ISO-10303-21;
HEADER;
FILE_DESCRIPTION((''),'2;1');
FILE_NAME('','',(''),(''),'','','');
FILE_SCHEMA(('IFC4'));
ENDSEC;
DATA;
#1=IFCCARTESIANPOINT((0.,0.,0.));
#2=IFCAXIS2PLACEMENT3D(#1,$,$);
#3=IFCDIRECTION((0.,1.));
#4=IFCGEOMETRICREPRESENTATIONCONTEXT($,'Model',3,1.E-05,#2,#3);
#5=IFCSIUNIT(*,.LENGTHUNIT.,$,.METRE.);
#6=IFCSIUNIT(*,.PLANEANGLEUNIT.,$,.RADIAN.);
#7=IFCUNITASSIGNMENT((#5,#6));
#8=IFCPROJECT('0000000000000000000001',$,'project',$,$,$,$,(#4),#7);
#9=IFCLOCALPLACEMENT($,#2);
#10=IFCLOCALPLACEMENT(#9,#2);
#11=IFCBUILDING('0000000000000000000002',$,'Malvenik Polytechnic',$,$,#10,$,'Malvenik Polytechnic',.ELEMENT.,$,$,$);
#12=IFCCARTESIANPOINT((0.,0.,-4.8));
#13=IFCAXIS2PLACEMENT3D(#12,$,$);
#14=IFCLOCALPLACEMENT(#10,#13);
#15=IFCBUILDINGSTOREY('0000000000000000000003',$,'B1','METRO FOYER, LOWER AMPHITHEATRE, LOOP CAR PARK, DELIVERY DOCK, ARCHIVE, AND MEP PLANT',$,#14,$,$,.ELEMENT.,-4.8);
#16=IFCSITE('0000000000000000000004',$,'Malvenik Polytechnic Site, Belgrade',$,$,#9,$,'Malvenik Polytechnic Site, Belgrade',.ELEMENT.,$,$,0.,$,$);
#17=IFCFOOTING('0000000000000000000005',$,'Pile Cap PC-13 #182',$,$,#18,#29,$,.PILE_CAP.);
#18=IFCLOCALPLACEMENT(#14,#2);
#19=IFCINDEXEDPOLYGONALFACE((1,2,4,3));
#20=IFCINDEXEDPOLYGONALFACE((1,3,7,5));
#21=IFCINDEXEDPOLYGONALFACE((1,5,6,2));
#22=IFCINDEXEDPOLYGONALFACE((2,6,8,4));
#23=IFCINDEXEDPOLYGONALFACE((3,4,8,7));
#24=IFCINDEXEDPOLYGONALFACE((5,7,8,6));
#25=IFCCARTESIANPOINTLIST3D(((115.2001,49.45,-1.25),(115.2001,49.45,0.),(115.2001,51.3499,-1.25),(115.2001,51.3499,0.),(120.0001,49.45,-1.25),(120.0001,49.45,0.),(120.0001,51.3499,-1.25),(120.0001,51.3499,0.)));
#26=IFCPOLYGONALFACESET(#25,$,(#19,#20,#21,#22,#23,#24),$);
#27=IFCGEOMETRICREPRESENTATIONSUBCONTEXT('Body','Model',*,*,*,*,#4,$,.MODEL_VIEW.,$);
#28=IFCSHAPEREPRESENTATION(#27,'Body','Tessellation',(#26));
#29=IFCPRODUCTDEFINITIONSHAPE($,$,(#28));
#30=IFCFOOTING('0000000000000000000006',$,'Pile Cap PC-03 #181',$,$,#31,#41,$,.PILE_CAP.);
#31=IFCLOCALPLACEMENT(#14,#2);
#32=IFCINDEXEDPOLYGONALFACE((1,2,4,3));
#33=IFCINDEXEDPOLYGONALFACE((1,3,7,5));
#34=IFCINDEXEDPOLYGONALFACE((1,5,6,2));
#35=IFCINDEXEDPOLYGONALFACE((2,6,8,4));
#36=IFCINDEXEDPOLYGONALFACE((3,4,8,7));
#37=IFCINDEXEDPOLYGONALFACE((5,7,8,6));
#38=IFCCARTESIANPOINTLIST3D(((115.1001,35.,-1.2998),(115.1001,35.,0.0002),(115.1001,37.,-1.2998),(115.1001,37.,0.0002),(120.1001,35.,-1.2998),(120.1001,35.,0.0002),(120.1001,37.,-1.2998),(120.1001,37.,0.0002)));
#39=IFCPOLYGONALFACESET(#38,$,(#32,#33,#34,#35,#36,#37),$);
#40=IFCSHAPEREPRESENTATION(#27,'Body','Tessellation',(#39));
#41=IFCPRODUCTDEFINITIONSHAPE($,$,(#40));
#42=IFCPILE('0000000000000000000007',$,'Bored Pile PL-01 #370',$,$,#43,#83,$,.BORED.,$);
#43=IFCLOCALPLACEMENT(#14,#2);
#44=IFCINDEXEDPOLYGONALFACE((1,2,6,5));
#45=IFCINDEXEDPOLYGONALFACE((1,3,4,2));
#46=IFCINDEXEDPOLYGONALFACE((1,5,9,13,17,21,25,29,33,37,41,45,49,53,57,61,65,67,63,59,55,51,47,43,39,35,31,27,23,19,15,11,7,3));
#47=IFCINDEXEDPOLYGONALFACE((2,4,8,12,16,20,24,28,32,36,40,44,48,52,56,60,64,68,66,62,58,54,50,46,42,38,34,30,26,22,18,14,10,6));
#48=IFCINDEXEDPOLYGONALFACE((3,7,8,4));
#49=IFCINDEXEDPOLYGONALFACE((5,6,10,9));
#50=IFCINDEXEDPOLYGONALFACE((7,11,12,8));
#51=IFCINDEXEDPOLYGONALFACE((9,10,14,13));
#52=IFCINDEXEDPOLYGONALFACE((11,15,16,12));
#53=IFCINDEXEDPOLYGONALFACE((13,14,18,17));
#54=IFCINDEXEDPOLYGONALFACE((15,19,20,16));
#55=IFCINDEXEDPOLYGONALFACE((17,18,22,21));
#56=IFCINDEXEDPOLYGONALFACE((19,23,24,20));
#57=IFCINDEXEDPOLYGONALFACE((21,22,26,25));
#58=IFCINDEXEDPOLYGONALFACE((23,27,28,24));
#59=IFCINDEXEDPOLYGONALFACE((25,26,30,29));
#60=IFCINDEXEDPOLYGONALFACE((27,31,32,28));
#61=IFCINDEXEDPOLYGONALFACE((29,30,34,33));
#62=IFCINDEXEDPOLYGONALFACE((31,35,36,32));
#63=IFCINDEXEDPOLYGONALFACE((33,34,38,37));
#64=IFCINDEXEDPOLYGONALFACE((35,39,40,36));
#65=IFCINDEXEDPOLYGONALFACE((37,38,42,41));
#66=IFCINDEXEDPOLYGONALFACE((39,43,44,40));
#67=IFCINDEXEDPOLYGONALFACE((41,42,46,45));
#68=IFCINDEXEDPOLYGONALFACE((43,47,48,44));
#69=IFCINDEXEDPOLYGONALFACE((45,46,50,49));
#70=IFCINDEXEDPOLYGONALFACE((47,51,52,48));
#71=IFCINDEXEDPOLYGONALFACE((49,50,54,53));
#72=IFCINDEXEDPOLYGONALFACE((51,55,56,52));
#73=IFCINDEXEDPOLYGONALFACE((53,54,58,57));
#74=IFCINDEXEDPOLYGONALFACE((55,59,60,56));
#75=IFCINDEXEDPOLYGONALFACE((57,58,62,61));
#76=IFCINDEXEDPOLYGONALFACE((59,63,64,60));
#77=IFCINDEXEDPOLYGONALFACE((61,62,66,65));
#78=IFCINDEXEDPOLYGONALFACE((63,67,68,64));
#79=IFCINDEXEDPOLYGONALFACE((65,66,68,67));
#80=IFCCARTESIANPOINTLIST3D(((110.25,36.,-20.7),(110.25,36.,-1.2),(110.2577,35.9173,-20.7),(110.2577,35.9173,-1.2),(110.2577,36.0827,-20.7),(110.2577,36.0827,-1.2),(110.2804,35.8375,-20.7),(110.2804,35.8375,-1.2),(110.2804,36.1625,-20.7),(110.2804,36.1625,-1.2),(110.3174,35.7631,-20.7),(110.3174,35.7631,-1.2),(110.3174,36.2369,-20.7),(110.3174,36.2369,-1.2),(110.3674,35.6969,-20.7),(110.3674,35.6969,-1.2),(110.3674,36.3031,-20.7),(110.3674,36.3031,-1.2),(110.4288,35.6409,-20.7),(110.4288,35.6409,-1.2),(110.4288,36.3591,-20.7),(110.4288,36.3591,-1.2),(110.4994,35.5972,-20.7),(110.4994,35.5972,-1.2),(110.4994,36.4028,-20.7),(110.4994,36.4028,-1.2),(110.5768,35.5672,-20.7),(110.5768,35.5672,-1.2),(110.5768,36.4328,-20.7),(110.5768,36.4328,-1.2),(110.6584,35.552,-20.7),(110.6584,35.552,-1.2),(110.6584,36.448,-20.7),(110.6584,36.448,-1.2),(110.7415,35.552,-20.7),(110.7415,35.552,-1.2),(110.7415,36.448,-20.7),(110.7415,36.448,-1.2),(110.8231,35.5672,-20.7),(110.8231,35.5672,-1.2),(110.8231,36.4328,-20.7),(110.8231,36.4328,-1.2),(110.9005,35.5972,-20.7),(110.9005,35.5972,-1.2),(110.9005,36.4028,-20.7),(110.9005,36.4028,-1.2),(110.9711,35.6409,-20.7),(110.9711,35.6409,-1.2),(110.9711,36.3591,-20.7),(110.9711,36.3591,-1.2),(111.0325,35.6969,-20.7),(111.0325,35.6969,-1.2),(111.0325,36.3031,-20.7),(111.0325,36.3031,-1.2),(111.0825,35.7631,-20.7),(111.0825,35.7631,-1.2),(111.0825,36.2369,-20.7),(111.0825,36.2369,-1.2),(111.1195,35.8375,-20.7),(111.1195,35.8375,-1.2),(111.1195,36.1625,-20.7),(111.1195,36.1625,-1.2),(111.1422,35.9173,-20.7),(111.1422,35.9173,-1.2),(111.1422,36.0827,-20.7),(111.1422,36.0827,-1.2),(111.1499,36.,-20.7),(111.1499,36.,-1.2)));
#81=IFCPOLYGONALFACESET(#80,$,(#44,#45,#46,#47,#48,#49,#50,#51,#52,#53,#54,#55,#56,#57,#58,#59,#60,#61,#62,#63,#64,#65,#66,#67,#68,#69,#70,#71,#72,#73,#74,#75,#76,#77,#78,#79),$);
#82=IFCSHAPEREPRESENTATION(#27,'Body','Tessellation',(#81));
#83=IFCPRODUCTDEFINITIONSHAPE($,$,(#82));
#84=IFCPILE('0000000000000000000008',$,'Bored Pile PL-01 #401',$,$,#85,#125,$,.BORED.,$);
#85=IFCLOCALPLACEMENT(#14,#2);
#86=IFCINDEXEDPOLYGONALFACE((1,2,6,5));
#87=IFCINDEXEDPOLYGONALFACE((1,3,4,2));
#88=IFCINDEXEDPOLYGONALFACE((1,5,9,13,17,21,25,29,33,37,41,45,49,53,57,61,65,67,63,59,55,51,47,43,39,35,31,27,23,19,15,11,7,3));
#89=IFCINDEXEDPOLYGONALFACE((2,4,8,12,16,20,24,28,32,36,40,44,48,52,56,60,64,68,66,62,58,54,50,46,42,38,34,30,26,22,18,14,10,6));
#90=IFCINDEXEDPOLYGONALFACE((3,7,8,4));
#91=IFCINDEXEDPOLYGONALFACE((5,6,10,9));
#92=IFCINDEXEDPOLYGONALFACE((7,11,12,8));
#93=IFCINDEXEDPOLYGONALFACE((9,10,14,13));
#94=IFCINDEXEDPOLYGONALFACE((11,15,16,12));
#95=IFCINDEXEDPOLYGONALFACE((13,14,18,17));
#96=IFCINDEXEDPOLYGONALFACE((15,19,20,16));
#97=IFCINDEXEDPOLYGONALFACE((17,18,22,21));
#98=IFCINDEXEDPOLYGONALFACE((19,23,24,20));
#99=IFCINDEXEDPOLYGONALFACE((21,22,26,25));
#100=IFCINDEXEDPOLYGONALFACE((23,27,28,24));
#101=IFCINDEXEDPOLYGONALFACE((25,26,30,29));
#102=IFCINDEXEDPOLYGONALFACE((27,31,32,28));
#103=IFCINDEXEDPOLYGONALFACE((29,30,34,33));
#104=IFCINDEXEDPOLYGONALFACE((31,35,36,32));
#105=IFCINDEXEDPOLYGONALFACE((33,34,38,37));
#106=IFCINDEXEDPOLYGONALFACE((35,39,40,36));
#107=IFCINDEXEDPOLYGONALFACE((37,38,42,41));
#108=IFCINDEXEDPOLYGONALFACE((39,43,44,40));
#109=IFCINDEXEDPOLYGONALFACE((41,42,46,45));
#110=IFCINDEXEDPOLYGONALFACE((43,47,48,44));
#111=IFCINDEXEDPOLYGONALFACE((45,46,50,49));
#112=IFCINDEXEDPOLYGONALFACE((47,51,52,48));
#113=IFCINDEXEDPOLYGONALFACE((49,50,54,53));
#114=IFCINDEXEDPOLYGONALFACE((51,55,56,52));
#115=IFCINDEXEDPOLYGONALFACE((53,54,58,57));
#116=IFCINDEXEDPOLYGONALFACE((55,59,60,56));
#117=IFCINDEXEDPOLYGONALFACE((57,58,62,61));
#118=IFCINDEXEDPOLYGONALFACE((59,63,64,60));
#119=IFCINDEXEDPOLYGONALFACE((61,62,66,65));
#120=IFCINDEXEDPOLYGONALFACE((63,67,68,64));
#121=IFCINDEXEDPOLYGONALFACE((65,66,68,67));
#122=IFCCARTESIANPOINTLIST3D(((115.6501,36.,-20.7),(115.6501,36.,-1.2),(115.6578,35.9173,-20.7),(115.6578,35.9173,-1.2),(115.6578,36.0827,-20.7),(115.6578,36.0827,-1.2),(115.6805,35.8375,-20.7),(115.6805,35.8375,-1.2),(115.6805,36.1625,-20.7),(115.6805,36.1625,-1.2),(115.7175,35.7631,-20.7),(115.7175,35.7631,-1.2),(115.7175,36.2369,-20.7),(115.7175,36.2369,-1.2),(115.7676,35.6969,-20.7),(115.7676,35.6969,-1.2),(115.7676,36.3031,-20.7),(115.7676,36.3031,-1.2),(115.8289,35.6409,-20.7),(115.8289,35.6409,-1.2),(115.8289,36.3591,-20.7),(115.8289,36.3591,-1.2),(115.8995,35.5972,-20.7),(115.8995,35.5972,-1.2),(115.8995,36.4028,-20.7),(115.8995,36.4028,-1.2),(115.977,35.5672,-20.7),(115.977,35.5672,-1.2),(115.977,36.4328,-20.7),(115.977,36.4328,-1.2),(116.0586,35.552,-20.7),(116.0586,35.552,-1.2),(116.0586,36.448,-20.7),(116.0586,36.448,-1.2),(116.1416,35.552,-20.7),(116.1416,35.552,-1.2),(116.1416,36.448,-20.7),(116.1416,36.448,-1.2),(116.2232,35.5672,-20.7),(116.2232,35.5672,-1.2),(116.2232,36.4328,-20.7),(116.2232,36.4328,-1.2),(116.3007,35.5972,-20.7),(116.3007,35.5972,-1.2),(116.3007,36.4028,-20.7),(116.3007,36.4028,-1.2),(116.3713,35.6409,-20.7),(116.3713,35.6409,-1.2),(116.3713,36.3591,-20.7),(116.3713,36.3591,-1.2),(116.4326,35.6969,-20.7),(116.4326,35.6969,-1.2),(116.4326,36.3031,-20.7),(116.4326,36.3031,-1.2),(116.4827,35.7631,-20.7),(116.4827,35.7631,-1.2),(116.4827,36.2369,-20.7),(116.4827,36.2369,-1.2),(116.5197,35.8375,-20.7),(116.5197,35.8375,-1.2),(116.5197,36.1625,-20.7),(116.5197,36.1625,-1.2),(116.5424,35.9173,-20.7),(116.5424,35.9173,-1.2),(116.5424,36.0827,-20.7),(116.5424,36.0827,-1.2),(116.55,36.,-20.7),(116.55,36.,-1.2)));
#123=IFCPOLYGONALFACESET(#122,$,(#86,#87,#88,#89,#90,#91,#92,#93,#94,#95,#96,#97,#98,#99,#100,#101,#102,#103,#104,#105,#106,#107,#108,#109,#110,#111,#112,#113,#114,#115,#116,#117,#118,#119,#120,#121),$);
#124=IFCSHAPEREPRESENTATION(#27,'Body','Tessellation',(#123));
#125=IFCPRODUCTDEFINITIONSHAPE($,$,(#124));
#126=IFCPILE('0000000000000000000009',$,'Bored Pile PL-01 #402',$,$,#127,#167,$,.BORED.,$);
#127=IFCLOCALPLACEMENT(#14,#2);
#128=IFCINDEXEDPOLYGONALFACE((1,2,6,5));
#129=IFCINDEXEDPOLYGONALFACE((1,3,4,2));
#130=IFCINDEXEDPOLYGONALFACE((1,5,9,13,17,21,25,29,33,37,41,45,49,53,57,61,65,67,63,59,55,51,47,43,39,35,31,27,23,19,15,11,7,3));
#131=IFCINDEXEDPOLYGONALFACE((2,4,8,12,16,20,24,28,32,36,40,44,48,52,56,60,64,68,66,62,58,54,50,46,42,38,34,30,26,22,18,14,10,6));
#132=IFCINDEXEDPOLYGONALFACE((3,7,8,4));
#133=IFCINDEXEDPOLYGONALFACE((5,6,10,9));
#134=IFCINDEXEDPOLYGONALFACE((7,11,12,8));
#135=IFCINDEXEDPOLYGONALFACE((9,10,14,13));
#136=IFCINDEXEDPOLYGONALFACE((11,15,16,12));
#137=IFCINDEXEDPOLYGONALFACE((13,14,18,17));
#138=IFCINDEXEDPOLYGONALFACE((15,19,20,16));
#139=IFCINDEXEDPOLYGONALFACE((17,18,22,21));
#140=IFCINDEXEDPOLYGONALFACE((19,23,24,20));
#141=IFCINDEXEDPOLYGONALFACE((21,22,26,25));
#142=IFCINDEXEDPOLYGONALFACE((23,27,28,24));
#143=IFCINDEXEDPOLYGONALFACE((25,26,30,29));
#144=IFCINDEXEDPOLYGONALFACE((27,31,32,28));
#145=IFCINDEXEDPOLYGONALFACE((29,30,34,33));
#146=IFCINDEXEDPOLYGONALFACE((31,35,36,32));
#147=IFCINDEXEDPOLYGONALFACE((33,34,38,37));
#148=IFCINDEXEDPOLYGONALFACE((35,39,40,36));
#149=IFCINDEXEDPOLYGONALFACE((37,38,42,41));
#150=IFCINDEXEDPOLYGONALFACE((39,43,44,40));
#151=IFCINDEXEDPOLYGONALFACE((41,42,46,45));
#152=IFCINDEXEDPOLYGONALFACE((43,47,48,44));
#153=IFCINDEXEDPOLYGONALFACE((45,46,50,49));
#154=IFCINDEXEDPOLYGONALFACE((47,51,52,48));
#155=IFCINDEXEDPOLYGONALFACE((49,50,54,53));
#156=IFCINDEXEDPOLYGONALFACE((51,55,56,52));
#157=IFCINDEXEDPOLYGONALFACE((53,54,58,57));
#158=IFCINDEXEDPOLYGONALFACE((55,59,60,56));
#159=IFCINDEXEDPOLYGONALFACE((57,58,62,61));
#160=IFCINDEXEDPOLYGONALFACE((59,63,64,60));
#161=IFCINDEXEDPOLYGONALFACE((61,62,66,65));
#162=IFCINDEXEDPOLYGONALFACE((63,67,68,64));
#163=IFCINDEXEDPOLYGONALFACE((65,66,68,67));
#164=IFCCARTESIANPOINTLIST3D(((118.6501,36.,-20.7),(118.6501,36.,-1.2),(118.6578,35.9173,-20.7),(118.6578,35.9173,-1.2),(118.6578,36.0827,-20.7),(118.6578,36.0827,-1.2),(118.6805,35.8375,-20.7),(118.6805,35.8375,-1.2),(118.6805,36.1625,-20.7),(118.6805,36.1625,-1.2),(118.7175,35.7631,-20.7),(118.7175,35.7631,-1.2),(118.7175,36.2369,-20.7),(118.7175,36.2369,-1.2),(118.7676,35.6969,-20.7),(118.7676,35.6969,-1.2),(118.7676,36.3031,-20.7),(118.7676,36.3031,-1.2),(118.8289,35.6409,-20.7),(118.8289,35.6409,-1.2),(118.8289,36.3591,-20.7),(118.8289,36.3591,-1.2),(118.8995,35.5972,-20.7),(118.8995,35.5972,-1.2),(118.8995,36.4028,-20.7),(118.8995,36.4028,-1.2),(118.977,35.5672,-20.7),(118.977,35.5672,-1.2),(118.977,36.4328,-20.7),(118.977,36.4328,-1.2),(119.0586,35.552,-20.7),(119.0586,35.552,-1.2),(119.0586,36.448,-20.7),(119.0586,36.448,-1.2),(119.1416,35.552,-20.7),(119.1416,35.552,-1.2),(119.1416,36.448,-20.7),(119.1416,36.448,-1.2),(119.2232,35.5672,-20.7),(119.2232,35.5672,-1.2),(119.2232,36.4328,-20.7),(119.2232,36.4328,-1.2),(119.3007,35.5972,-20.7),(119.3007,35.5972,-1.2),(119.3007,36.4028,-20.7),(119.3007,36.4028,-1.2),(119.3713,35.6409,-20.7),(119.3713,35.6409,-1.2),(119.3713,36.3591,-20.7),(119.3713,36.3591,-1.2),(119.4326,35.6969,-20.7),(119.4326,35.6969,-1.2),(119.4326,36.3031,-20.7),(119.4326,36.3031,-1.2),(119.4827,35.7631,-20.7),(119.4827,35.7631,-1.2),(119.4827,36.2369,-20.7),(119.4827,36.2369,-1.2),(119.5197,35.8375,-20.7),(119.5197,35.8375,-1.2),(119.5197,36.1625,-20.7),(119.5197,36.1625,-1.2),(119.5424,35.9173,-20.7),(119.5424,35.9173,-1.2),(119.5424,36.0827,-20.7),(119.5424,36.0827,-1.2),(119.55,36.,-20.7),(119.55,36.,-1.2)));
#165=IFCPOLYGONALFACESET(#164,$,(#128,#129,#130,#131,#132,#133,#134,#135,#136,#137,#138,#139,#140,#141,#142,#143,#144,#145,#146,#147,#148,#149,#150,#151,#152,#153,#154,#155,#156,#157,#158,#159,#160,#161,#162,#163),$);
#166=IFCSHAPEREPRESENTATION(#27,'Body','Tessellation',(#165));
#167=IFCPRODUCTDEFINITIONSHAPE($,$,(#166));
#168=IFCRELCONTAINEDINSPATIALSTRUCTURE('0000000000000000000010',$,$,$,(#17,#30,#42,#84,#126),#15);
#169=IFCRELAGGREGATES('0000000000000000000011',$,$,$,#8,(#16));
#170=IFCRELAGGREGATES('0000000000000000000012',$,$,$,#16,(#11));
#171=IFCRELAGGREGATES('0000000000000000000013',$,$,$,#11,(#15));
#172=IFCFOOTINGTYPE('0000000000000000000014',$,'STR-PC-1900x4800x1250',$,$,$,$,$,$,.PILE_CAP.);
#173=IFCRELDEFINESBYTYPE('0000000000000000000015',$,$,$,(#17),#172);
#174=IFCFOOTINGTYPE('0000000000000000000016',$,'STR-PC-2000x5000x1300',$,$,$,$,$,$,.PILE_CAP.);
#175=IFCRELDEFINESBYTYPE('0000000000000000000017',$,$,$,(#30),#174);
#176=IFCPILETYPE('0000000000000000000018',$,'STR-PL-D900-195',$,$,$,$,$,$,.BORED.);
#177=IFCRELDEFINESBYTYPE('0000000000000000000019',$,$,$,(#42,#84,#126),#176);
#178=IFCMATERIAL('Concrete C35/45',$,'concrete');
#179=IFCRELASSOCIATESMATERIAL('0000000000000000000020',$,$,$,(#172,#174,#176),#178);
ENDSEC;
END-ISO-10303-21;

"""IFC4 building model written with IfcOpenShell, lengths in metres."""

from ifc_helpers import new_model, si_unit, direction, frame, origin, origin_2d, place, context, subcontext, project, spatial, rectangle, circle, extrude, material, material_profile, profile_set, type_object, element, save


model = new_model("IFC4")

# Units and contexts
model_context = context("Model", 3, precision=1e-05, world=origin(), true_north=direction((0.0, 1.0)))
body_context = subcontext(model_context, "Body", "Model", "MODEL_VIEW")
ifc_project = project(units=[si_unit("LENGTHUNIT", "METRE"), si_unit("PLANEANGLEUNIT", "RADIAN")], contexts=[model_context])

# Site, building, storey
site_placement = place(None, origin())
site = spatial("IfcSite", under=ifc_project, at=site_placement, Name="Malvenik Polytechnic Site, Belgrade", LongName="Malvenik Polytechnic Site, Belgrade", CompositionType="ELEMENT", RefElevation=0.0)
building_placement = place(site_placement, origin())
building = spatial("IfcBuilding", under=site, at=building_placement, Name="Malvenik Polytechnic", LongName="Malvenik Polytechnic", CompositionType="ELEMENT")
storey_placement = place(building_placement, frame((0.0, 0.0, -4.8)))
storey = spatial("IfcBuildingStorey", under=building, at=storey_placement, Name="B1", Description="METRO FOYER, LOWER AMPHITHEATRE, LOOP CAR PARK, DELIVERY DOCK, ARCHIVE, AND MEP PLANT", CompositionType="ELEMENT", Elevation=-4.8)

# Footings
ifc_material_1 = material(Name="Concrete C35/45", Category="concrete")
footing_type_1 = type_object("IfcFootingType", Name="STR-PC-1900x4800x1250", PredefinedType="PILE_CAP", material=ifc_material_1)
footing_1_placement = place(storey_placement, frame((117.6001, 50.3999, -1.25), z_axis=(0.0, 0.0, 1.0), x_axis=(1.0, 0.0, 0.0)))
element("IfcFooting", 1, at=footing_1_placement, inside=storey, type_object=footing_type_1, Name="Pile Cap PC-13 #182", PredefinedType="PILE_CAP", context=body_context, shape_type="SweptSolid", body=[
    extrude(rectangle(XDim=4.8, YDim=1.8999, at=origin_2d()), origin(), (0.0, 0.0, 1.0), 1.25),
])
footing_type_2 = type_object("IfcFootingType", Name="STR-PC-2000x5000x1300", PredefinedType="PILE_CAP", material=ifc_material_1)
footing_2_placement = place(storey_placement, frame((117.6001, 36.0, -1.2998), z_axis=(0.0, 0.0, 1.0), x_axis=(1.0, 0.0, 0.0)))
element("IfcFooting", 2, at=footing_2_placement, inside=storey, type_object=footing_type_2, Name="Pile Cap PC-03 #181", PredefinedType="PILE_CAP", context=body_context, shape_type="SweptSolid", body=[
    extrude(rectangle(XDim=5.0, YDim=2.0, at=origin_2d()), origin(), (0.0, 0.0, 1.0), 1.3),
])

# Piles
ifc_material_profile_1 = material_profile(ifc_material_1, circle(Radius=0.45, at=origin_2d()), Name="BORED PILE D900")
ifc_profile_set_1 = profile_set([ifc_material_profile_1], Name="Concrete C35/45")
pile_type_1 = type_object("IfcPileType", Name="STR-PL-D900-195", PredefinedType="BORED", material=ifc_profile_set_1)
for number, where, z_axis, x_axis, name in (
    (3, (110.7, 36.0, -1.2), (0.0, 0.0, -1.0), (1.0, 0.0, 0.0), "Bored Pile PL-01 #370"),
    (4, (116.1001, 36.0, -1.2), (0.0, 0.0, -1.0), (1.0, 0.0, 0.0), "Bored Pile PL-01 #401"),
    (5, (119.1001, 36.0, -1.2), (0.0, 0.0, -1.0), (1.0, 0.0, 0.0), "Bored Pile PL-01 #402"),
):
    element("IfcPile", number, at=place(storey_placement, frame(where, z_axis=z_axis, x_axis=x_axis)), inside=storey, type_object=pile_type_1, Name=name, PredefinedType="BORED", context=body_context, shape_type="SweptSolid", body=[
        extrude(circle(Radius=0.45, at=origin_2d()), origin(), (0.0, 0.0, 1.0), 19.5),
    ])

save(model, "model.ifc")
